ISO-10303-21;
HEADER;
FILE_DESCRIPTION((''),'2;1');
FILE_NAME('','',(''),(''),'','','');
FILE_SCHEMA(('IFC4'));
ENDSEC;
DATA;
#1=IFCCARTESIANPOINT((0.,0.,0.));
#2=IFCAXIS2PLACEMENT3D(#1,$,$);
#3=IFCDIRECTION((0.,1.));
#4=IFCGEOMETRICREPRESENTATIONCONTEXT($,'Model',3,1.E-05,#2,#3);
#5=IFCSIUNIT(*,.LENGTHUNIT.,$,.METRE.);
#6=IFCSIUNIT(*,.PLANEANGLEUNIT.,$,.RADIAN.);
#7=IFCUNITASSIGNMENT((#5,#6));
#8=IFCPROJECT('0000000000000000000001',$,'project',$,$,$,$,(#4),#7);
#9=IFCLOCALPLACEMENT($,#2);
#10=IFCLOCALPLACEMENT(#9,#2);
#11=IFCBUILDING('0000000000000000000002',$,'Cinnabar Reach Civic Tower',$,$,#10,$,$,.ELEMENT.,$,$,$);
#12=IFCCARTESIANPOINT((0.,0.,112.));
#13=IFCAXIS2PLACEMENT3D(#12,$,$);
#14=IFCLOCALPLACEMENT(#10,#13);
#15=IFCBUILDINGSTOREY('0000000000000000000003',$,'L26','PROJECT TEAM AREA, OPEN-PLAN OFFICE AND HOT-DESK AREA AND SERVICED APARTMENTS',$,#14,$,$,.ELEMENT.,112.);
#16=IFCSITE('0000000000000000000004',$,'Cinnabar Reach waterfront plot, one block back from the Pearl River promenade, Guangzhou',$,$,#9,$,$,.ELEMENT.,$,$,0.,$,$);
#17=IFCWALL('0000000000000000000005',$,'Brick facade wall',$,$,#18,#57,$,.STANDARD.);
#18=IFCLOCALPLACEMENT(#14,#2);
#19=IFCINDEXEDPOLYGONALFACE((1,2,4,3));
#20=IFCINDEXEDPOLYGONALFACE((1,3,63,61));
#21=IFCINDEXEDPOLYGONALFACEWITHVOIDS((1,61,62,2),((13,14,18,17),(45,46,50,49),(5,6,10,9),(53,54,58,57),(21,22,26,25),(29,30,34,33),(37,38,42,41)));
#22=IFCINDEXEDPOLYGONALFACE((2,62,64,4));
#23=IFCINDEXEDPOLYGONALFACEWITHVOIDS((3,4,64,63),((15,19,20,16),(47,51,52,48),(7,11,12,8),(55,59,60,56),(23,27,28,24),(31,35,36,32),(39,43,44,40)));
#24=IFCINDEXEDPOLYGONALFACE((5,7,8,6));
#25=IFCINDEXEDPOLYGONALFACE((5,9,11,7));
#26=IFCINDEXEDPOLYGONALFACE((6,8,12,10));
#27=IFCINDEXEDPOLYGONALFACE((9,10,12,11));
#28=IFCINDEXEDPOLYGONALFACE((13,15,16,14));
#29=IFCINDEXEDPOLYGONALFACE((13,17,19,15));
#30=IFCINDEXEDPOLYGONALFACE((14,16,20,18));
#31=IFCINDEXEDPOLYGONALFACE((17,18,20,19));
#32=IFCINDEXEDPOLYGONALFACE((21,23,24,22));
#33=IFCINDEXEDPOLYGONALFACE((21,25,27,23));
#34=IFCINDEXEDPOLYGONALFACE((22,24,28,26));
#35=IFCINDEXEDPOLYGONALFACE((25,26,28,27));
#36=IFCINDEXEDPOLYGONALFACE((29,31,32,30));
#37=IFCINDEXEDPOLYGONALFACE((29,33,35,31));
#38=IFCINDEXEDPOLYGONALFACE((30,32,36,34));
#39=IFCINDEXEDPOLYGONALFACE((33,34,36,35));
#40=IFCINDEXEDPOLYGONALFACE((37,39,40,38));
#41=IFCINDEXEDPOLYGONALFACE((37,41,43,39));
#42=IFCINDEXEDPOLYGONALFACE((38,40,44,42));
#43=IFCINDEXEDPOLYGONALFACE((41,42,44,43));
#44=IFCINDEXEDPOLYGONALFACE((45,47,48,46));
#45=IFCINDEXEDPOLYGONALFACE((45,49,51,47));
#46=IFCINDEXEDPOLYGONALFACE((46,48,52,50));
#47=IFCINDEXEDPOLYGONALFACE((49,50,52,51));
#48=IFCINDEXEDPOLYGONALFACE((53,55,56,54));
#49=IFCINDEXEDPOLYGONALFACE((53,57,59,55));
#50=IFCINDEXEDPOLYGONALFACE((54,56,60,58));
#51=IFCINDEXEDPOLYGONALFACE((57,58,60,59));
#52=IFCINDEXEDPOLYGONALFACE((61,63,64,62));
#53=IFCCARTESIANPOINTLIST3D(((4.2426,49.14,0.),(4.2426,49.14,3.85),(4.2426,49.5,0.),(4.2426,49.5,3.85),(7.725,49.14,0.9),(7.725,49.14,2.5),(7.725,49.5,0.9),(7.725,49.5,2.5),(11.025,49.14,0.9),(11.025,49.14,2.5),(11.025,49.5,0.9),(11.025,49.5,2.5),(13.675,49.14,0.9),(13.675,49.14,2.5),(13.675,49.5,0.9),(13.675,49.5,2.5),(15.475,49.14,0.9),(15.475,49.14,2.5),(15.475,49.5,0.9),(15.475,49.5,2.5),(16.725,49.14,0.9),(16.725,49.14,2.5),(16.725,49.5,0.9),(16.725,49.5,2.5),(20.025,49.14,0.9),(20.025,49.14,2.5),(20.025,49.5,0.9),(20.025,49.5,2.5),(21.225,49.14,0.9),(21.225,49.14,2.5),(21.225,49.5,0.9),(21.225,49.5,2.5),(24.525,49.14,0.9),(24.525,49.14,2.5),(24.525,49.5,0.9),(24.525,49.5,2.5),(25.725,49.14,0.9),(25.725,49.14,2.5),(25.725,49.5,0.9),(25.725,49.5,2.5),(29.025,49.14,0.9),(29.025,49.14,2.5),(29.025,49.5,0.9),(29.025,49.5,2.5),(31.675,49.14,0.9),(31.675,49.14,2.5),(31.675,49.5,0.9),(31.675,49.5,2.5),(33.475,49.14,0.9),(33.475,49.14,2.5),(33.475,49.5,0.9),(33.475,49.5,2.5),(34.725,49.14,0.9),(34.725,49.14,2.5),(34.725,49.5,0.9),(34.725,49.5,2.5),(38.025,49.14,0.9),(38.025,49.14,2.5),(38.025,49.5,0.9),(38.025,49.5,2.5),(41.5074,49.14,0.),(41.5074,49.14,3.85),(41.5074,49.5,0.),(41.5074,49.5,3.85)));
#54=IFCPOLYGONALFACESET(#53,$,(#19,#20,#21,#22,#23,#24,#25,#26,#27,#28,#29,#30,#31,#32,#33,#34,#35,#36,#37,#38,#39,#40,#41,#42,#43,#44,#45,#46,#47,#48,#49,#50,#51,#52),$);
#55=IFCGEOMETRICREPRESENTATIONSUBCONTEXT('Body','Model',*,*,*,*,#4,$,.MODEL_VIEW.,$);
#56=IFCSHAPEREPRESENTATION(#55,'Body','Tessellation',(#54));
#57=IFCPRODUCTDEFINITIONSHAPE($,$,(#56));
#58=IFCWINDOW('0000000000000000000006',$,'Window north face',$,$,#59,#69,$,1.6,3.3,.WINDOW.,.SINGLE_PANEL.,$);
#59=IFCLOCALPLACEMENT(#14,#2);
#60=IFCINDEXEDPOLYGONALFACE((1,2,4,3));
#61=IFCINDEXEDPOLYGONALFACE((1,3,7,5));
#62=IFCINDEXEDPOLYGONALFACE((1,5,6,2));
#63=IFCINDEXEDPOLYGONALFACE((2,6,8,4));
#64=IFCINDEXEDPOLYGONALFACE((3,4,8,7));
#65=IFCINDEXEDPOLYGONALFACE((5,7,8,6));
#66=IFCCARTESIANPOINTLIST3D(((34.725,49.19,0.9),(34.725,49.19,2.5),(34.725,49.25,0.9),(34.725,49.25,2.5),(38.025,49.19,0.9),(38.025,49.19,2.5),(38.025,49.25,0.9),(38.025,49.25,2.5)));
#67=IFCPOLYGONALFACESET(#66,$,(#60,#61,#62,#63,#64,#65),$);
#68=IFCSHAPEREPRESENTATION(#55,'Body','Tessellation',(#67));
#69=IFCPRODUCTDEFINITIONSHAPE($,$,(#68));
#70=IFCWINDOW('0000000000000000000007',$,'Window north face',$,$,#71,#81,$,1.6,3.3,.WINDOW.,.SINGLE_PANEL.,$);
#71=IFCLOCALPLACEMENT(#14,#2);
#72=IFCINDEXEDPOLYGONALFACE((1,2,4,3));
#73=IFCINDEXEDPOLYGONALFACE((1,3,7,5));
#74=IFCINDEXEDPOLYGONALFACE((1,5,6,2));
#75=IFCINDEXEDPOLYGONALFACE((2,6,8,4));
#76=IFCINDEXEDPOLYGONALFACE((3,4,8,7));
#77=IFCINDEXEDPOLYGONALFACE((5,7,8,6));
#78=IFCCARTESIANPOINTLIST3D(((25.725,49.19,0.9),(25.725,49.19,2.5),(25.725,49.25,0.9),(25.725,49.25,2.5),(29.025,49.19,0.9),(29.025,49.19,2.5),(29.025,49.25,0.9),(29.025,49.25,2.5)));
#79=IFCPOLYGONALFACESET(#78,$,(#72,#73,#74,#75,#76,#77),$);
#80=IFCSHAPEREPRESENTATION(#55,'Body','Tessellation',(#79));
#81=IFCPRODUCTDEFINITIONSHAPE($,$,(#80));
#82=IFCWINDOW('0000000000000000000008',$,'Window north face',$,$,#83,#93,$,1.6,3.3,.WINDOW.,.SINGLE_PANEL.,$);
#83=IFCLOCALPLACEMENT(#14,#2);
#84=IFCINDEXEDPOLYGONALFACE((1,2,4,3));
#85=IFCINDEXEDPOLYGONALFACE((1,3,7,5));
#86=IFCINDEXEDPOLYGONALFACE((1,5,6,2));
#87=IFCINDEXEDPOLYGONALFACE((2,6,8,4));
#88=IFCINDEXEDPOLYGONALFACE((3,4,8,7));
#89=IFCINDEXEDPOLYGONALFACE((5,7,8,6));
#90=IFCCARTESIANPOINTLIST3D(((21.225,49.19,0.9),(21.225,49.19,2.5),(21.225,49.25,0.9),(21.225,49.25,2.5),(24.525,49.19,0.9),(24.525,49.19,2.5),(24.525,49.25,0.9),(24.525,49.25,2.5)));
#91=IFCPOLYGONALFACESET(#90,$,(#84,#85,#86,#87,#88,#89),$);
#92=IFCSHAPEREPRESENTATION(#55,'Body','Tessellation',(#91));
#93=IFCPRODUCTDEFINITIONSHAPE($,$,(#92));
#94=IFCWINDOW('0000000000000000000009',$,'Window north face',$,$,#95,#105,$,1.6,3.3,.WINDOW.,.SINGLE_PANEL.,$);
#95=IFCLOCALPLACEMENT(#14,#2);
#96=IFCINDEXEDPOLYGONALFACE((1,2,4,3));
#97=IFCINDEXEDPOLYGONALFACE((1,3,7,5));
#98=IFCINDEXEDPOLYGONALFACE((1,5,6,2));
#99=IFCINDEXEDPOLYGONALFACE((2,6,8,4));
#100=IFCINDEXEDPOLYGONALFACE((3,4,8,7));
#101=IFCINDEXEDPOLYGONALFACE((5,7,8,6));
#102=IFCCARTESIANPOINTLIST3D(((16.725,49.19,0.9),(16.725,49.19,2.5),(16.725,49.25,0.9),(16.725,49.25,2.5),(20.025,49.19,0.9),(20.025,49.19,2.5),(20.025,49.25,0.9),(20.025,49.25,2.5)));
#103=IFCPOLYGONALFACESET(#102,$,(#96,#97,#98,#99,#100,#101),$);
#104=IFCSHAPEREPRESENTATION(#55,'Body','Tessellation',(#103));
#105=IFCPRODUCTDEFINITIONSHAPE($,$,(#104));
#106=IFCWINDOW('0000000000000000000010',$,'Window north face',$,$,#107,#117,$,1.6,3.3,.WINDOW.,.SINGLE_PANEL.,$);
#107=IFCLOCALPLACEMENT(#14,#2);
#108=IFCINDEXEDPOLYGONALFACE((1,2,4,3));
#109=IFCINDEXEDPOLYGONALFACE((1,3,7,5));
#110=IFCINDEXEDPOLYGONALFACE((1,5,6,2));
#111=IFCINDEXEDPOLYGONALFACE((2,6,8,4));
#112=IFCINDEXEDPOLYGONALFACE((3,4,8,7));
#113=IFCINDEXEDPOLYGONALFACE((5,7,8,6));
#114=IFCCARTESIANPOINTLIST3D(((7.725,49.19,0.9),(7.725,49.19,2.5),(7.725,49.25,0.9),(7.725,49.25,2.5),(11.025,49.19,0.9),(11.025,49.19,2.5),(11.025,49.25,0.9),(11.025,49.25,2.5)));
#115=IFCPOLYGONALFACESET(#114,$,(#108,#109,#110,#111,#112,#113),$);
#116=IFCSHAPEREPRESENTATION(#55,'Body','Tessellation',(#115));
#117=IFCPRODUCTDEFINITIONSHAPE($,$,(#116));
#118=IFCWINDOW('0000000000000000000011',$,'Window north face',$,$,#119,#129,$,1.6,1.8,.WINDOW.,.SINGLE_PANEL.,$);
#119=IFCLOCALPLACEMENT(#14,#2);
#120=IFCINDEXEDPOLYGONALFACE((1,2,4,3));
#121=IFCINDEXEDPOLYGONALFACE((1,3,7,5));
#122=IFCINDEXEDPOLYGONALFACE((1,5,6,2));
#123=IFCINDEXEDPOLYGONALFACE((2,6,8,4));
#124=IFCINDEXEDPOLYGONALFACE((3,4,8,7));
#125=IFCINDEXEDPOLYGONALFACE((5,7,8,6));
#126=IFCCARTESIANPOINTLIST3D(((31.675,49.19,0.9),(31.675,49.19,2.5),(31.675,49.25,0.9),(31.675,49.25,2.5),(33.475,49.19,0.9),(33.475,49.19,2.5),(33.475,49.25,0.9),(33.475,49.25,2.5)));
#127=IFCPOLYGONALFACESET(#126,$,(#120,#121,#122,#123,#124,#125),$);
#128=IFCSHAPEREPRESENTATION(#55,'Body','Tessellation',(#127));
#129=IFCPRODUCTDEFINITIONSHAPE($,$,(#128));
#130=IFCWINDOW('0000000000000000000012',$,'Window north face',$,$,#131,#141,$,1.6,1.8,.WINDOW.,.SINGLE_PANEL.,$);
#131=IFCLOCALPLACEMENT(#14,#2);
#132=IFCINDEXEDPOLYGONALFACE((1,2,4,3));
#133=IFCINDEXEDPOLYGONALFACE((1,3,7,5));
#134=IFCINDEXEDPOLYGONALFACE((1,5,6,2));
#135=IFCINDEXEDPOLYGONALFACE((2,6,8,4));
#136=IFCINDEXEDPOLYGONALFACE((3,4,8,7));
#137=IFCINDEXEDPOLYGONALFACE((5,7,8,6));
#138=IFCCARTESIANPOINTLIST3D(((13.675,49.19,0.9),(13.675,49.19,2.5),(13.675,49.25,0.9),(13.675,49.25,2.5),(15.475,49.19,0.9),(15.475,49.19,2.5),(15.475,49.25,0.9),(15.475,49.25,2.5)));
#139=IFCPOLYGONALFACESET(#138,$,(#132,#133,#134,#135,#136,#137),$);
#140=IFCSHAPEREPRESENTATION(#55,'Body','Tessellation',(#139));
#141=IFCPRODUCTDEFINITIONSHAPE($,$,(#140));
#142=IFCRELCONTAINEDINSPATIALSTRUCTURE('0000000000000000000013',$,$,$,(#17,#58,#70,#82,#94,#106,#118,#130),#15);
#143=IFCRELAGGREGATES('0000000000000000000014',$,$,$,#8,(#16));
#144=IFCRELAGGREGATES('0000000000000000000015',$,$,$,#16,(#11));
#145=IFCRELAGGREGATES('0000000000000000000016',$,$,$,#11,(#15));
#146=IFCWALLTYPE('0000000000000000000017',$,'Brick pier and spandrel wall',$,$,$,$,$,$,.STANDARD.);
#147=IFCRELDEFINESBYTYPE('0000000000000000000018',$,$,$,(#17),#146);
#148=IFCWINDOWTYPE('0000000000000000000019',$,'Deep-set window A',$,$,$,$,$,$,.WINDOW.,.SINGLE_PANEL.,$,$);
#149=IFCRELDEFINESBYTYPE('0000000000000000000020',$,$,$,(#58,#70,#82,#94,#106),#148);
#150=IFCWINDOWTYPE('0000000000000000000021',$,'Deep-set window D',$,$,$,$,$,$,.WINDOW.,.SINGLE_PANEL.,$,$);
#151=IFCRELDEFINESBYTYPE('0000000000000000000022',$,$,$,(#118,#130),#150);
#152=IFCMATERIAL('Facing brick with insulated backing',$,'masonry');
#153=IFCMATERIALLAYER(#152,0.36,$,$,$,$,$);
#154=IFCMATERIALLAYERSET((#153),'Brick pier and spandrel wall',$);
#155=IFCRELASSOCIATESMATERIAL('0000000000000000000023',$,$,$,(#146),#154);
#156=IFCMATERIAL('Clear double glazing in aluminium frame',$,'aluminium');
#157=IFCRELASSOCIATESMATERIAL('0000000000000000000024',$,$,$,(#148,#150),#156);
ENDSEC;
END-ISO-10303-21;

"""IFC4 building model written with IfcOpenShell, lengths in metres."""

from ifc_helpers import new_model, si_unit, direction, frame, frame_2d, origin, place, context, subcontext, project, spatial, rectangle, extrude, material, layer, layer_set, type_object, element, fill, save


model = new_model("IFC4")

# Units and contexts
model_context = context("Model", 3, precision=1e-05, world=origin(), true_north=direction((0.0, 1.0)))
body_context = subcontext(model_context, "Body", "Model", "MODEL_VIEW")
ifc_project = project(units=[si_unit("LENGTHUNIT", "METRE"), si_unit("PLANEANGLEUNIT", "RADIAN")], contexts=[model_context])

# Site, building, storey
site_placement = place(None, origin())
site = spatial("IfcSite", under=ifc_project, at=site_placement, Name="Cinnabar Reach waterfront plot, one block back from the Pearl River promenade, Guangzhou", CompositionType="ELEMENT", RefElevation=0.0)
building_placement = place(site_placement, origin())
building = spatial("IfcBuilding", under=site, at=building_placement, Name="Cinnabar Reach Civic Tower", CompositionType="ELEMENT")
storey_placement = place(building_placement, frame((0.0, 0.0, 112.0)))
storey = spatial("IfcBuildingStorey", under=building, at=storey_placement, Name="L26", Description="PROJECT TEAM AREA, OPEN-PLAN OFFICE AND HOT-DESK AREA AND SERVICED APARTMENTS", CompositionType="ELEMENT", Elevation=112.0)

# Shared definitions
ifc_material_1 = material(Name="Facing brick with insulated backing", Category="masonry")

# Shared definitions
ifc_layer_1 = layer(ifc_material_1, 0.36)
ifc_layer_set_1 = layer_set([ifc_layer_1], Name="Brick pier and spandrel wall")
wall_type_1 = type_object("IfcWallType", Name="Brick pier and spandrel wall", PredefinedType="STANDARD", material=ifc_layer_set_1)
ifc_material_2 = material(Name="Clear double glazing in aluminium frame", Category="aluminium")
window_type_1 = type_object("IfcWindowType", Name="Deep-set window A", PartitioningType="SINGLE_PANEL", PredefinedType="WINDOW", material=ifc_material_2)

# Wall, openings, windows
wall_1_placement = place(storey_placement, frame((41.5074, 49.32, 0.0), z_axis=(0.0, 0.0, 1.0), x_axis=(-1.0, 0.0, 0.0)))
wall_1 = element("IfcWall", 1, at=wall_1_placement, inside=storey, type_object=wall_type_1, Name="Brick facade wall", PredefinedType="STANDARD", context=body_context, shape_type="SweptSolid", body=[
    extrude(rectangle(XDim=37.2648, YDim=0.36, at=frame_2d((18.6324, 0.0))), origin(), (0.0, 0.0, 1.0), 3.85),
])
opening_1_placement = place(wall_1_placement, frame((3.4824, 0.0, 0.9)))
opening_1 = element("IfcOpeningElement", 2, at=opening_1_placement, cuts=wall_1, PredefinedType="OPENING", context=body_context, shape_type="SweptSolid", body=[
    extrude(rectangle(XDim=3.3, YDim=1.6, at=frame_2d((1.65, 0.8))), frame((0.0, 0.19, 0.0), z_axis=(0.0, -1.0, 0.0), x_axis=(1.0, 0.0, 0.0)), (0.0, 0.0, 1.0), 0.38),
])
opening_2_placement = place(wall_1_placement, frame((8.0324, 0.0, 0.9)))
opening_2 = element("IfcOpeningElement", 3, at=opening_2_placement, cuts=wall_1, PredefinedType="OPENING", context=body_context, shape_type="SweptSolid", body=[
    extrude(rectangle(XDim=1.8, YDim=1.6, at=frame_2d((0.9, 0.8))), frame((0.0, 0.19, 0.0), z_axis=(0.0, -1.0, 0.0), x_axis=(1.0, 0.0, 0.0)), (0.0, 0.0, 1.0), 0.38),
])
opening_3_placement = place(wall_1_placement, frame((12.4824, 0.0, 0.9)))
opening_3 = element("IfcOpeningElement", 4, at=opening_3_placement, cuts=wall_1, PredefinedType="OPENING", context=body_context, shape_type="SweptSolid", body=[
    extrude(rectangle(XDim=3.3, YDim=1.6, at=frame_2d((1.65, 0.8))), frame((0.0, 0.19, 0.0), z_axis=(0.0, -1.0, 0.0), x_axis=(1.0, 0.0, 0.0)), (0.0, 0.0, 1.0), 0.38),
])
opening_4_placement = place(wall_1_placement, frame((16.9824, 0.0, 0.9)))
opening_4 = element("IfcOpeningElement", 5, at=opening_4_placement, cuts=wall_1, PredefinedType="OPENING", context=body_context, shape_type="SweptSolid", body=[
    extrude(rectangle(XDim=3.3, YDim=1.6, at=frame_2d((1.65, 0.8))), frame((0.0, 0.19, 0.0), z_axis=(0.0, -1.0, 0.0), x_axis=(1.0, 0.0, 0.0)), (0.0, 0.0, 1.0), 0.38),
])
opening_5_placement = place(wall_1_placement, frame((21.4824, 0.0, 0.9)))
opening_5 = element("IfcOpeningElement", 6, at=opening_5_placement, cuts=wall_1, PredefinedType="OPENING", context=body_context, shape_type="SweptSolid", body=[
    extrude(rectangle(XDim=3.3, YDim=1.6, at=frame_2d((1.65, 0.8))), frame((0.0, 0.19, 0.0), z_axis=(0.0, -1.0, 0.0), x_axis=(1.0, 0.0, 0.0)), (0.0, 0.0, 1.0), 0.38),
])
opening_6_placement = place(wall_1_placement, frame((26.0324, 0.0, 0.9)))
opening_6 = element("IfcOpeningElement", 7, at=opening_6_placement, cuts=wall_1, PredefinedType="OPENING", context=body_context, shape_type="SweptSolid", body=[
    extrude(rectangle(XDim=1.8, YDim=1.6, at=frame_2d((0.9, 0.8))), frame((0.0, 0.19, 0.0), z_axis=(0.0, -1.0, 0.0), x_axis=(1.0, 0.0, 0.0)), (0.0, 0.0, 1.0), 0.38),
])
opening_7_placement = place(wall_1_placement, frame((30.4824, 0.0, 0.9)))
opening_7 = element("IfcOpeningElement", 8, at=opening_7_placement, cuts=wall_1, PredefinedType="OPENING", context=body_context, shape_type="SweptSolid", body=[
    extrude(rectangle(XDim=3.3, YDim=1.6, at=frame_2d((1.65, 0.8))), frame((0.0, 0.19, 0.0), z_axis=(0.0, -1.0, 0.0), x_axis=(1.0, 0.0, 0.0)), (0.0, 0.0, 1.0), 0.38),
])
window_1_placement = place(opening_1_placement, origin())
window_1 = element("IfcWindow", 9, at=window_1_placement, inside=storey, type_object=window_type_1, Name="Window north face", OverallHeight=1.6, OverallWidth=3.3, PartitioningType="SINGLE_PANEL", PredefinedType="WINDOW", context=body_context, shape_type="SweptSolid", body=[
    extrude(rectangle(XDim=3.3, YDim=1.6, at=frame_2d((1.65, 0.8))), frame((0.0, 0.13, 0.0), z_axis=(0.0, -1.0, 0.0), x_axis=(1.0, 0.0, 0.0)), (0.0, 0.0, 1.0), 0.06),
])
fill(opening_1, window_1)
window_2_placement = place(opening_3_placement, origin())
window_2 = element("IfcWindow", 10, at=window_2_placement, inside=storey, type_object=window_type_1, Name="Window north face", OverallHeight=1.6, OverallWidth=3.3, PartitioningType="SINGLE_PANEL", PredefinedType="WINDOW", context=body_context, shape_type="SweptSolid", body=[
    extrude(rectangle(XDim=3.3, YDim=1.6, at=frame_2d((1.65, 0.8))), frame((0.0, 0.13, 0.0), z_axis=(0.0, -1.0, 0.0), x_axis=(1.0, 0.0, 0.0)), (0.0, 0.0, 1.0), 0.06),
])
fill(opening_3, window_2)
window_3_placement = place(opening_4_placement, origin())
window_3 = element("IfcWindow", 11, at=window_3_placement, inside=storey, type_object=window_type_1, Name="Window north face", OverallHeight=1.6, OverallWidth=3.3, PartitioningType="SINGLE_PANEL", PredefinedType="WINDOW", context=body_context, shape_type="SweptSolid", body=[
    extrude(rectangle(XDim=3.3, YDim=1.6, at=frame_2d((1.65, 0.8))), frame((0.0, 0.13, 0.0), z_axis=(0.0, -1.0, 0.0), x_axis=(1.0, 0.0, 0.0)), (0.0, 0.0, 1.0), 0.06),
])
fill(opening_4, window_3)
window_4_placement = place(opening_5_placement, origin())
window_4 = element("IfcWindow", 12, at=window_4_placement, inside=storey, type_object=window_type_1, Name="Window north face", OverallHeight=1.6, OverallWidth=3.3, PartitioningType="SINGLE_PANEL", PredefinedType="WINDOW", context=body_context, shape_type="SweptSolid", body=[
    extrude(rectangle(XDim=3.3, YDim=1.6, at=frame_2d((1.65, 0.8))), frame((0.0, 0.13, 0.0), z_axis=(0.0, -1.0, 0.0), x_axis=(1.0, 0.0, 0.0)), (0.0, 0.0, 1.0), 0.06),
])
fill(opening_5, window_4)
window_5_placement = place(opening_7_placement, origin())
window_5 = element("IfcWindow", 13, at=window_5_placement, inside=storey, type_object=window_type_1, Name="Window north face", OverallHeight=1.6, OverallWidth=3.3, PartitioningType="SINGLE_PANEL", PredefinedType="WINDOW", context=body_context, shape_type="SweptSolid", body=[
    extrude(rectangle(XDim=3.3, YDim=1.6, at=frame_2d((1.65, 0.8))), frame((0.0, 0.13, 0.0), z_axis=(0.0, -1.0, 0.0), x_axis=(1.0, 0.0, 0.0)), (0.0, 0.0, 1.0), 0.06),
])
fill(opening_7, window_5)
window_type_2 = type_object("IfcWindowType", Name="Deep-set window D", PartitioningType="SINGLE_PANEL", PredefinedType="WINDOW", material=ifc_material_2)
window_6_placement = place(opening_2_placement, origin())
window_6 = element("IfcWindow", 14, at=window_6_placement, inside=storey, type_object=window_type_2, Name="Window north face", OverallHeight=1.6, OverallWidth=1.8, PartitioningType="SINGLE_PANEL", PredefinedType="WINDOW", context=body_context, shape_type="SweptSolid", body=[
    extrude(rectangle(XDim=1.8, YDim=1.6, at=frame_2d((0.9, 0.8))), frame((0.0, 0.13, 0.0), z_axis=(0.0, -1.0, 0.0), x_axis=(1.0, 0.0, 0.0)), (0.0, 0.0, 1.0), 0.06),
])
fill(opening_2, window_6)
window_7_placement = place(opening_6_placement, origin())
window_7 = element("IfcWindow", 15, at=window_7_placement, inside=storey, type_object=window_type_2, Name="Window north face", OverallHeight=1.6, OverallWidth=1.8, PartitioningType="SINGLE_PANEL", PredefinedType="WINDOW", context=body_context, shape_type="SweptSolid", body=[
    extrude(rectangle(XDim=1.8, YDim=1.6, at=frame_2d((0.9, 0.8))), frame((0.0, 0.13, 0.0), z_axis=(0.0, -1.0, 0.0), x_axis=(1.0, 0.0, 0.0)), (0.0, 0.0, 1.0), 0.06),
])
fill(opening_6, window_7)

save(model, "model.ifc")
